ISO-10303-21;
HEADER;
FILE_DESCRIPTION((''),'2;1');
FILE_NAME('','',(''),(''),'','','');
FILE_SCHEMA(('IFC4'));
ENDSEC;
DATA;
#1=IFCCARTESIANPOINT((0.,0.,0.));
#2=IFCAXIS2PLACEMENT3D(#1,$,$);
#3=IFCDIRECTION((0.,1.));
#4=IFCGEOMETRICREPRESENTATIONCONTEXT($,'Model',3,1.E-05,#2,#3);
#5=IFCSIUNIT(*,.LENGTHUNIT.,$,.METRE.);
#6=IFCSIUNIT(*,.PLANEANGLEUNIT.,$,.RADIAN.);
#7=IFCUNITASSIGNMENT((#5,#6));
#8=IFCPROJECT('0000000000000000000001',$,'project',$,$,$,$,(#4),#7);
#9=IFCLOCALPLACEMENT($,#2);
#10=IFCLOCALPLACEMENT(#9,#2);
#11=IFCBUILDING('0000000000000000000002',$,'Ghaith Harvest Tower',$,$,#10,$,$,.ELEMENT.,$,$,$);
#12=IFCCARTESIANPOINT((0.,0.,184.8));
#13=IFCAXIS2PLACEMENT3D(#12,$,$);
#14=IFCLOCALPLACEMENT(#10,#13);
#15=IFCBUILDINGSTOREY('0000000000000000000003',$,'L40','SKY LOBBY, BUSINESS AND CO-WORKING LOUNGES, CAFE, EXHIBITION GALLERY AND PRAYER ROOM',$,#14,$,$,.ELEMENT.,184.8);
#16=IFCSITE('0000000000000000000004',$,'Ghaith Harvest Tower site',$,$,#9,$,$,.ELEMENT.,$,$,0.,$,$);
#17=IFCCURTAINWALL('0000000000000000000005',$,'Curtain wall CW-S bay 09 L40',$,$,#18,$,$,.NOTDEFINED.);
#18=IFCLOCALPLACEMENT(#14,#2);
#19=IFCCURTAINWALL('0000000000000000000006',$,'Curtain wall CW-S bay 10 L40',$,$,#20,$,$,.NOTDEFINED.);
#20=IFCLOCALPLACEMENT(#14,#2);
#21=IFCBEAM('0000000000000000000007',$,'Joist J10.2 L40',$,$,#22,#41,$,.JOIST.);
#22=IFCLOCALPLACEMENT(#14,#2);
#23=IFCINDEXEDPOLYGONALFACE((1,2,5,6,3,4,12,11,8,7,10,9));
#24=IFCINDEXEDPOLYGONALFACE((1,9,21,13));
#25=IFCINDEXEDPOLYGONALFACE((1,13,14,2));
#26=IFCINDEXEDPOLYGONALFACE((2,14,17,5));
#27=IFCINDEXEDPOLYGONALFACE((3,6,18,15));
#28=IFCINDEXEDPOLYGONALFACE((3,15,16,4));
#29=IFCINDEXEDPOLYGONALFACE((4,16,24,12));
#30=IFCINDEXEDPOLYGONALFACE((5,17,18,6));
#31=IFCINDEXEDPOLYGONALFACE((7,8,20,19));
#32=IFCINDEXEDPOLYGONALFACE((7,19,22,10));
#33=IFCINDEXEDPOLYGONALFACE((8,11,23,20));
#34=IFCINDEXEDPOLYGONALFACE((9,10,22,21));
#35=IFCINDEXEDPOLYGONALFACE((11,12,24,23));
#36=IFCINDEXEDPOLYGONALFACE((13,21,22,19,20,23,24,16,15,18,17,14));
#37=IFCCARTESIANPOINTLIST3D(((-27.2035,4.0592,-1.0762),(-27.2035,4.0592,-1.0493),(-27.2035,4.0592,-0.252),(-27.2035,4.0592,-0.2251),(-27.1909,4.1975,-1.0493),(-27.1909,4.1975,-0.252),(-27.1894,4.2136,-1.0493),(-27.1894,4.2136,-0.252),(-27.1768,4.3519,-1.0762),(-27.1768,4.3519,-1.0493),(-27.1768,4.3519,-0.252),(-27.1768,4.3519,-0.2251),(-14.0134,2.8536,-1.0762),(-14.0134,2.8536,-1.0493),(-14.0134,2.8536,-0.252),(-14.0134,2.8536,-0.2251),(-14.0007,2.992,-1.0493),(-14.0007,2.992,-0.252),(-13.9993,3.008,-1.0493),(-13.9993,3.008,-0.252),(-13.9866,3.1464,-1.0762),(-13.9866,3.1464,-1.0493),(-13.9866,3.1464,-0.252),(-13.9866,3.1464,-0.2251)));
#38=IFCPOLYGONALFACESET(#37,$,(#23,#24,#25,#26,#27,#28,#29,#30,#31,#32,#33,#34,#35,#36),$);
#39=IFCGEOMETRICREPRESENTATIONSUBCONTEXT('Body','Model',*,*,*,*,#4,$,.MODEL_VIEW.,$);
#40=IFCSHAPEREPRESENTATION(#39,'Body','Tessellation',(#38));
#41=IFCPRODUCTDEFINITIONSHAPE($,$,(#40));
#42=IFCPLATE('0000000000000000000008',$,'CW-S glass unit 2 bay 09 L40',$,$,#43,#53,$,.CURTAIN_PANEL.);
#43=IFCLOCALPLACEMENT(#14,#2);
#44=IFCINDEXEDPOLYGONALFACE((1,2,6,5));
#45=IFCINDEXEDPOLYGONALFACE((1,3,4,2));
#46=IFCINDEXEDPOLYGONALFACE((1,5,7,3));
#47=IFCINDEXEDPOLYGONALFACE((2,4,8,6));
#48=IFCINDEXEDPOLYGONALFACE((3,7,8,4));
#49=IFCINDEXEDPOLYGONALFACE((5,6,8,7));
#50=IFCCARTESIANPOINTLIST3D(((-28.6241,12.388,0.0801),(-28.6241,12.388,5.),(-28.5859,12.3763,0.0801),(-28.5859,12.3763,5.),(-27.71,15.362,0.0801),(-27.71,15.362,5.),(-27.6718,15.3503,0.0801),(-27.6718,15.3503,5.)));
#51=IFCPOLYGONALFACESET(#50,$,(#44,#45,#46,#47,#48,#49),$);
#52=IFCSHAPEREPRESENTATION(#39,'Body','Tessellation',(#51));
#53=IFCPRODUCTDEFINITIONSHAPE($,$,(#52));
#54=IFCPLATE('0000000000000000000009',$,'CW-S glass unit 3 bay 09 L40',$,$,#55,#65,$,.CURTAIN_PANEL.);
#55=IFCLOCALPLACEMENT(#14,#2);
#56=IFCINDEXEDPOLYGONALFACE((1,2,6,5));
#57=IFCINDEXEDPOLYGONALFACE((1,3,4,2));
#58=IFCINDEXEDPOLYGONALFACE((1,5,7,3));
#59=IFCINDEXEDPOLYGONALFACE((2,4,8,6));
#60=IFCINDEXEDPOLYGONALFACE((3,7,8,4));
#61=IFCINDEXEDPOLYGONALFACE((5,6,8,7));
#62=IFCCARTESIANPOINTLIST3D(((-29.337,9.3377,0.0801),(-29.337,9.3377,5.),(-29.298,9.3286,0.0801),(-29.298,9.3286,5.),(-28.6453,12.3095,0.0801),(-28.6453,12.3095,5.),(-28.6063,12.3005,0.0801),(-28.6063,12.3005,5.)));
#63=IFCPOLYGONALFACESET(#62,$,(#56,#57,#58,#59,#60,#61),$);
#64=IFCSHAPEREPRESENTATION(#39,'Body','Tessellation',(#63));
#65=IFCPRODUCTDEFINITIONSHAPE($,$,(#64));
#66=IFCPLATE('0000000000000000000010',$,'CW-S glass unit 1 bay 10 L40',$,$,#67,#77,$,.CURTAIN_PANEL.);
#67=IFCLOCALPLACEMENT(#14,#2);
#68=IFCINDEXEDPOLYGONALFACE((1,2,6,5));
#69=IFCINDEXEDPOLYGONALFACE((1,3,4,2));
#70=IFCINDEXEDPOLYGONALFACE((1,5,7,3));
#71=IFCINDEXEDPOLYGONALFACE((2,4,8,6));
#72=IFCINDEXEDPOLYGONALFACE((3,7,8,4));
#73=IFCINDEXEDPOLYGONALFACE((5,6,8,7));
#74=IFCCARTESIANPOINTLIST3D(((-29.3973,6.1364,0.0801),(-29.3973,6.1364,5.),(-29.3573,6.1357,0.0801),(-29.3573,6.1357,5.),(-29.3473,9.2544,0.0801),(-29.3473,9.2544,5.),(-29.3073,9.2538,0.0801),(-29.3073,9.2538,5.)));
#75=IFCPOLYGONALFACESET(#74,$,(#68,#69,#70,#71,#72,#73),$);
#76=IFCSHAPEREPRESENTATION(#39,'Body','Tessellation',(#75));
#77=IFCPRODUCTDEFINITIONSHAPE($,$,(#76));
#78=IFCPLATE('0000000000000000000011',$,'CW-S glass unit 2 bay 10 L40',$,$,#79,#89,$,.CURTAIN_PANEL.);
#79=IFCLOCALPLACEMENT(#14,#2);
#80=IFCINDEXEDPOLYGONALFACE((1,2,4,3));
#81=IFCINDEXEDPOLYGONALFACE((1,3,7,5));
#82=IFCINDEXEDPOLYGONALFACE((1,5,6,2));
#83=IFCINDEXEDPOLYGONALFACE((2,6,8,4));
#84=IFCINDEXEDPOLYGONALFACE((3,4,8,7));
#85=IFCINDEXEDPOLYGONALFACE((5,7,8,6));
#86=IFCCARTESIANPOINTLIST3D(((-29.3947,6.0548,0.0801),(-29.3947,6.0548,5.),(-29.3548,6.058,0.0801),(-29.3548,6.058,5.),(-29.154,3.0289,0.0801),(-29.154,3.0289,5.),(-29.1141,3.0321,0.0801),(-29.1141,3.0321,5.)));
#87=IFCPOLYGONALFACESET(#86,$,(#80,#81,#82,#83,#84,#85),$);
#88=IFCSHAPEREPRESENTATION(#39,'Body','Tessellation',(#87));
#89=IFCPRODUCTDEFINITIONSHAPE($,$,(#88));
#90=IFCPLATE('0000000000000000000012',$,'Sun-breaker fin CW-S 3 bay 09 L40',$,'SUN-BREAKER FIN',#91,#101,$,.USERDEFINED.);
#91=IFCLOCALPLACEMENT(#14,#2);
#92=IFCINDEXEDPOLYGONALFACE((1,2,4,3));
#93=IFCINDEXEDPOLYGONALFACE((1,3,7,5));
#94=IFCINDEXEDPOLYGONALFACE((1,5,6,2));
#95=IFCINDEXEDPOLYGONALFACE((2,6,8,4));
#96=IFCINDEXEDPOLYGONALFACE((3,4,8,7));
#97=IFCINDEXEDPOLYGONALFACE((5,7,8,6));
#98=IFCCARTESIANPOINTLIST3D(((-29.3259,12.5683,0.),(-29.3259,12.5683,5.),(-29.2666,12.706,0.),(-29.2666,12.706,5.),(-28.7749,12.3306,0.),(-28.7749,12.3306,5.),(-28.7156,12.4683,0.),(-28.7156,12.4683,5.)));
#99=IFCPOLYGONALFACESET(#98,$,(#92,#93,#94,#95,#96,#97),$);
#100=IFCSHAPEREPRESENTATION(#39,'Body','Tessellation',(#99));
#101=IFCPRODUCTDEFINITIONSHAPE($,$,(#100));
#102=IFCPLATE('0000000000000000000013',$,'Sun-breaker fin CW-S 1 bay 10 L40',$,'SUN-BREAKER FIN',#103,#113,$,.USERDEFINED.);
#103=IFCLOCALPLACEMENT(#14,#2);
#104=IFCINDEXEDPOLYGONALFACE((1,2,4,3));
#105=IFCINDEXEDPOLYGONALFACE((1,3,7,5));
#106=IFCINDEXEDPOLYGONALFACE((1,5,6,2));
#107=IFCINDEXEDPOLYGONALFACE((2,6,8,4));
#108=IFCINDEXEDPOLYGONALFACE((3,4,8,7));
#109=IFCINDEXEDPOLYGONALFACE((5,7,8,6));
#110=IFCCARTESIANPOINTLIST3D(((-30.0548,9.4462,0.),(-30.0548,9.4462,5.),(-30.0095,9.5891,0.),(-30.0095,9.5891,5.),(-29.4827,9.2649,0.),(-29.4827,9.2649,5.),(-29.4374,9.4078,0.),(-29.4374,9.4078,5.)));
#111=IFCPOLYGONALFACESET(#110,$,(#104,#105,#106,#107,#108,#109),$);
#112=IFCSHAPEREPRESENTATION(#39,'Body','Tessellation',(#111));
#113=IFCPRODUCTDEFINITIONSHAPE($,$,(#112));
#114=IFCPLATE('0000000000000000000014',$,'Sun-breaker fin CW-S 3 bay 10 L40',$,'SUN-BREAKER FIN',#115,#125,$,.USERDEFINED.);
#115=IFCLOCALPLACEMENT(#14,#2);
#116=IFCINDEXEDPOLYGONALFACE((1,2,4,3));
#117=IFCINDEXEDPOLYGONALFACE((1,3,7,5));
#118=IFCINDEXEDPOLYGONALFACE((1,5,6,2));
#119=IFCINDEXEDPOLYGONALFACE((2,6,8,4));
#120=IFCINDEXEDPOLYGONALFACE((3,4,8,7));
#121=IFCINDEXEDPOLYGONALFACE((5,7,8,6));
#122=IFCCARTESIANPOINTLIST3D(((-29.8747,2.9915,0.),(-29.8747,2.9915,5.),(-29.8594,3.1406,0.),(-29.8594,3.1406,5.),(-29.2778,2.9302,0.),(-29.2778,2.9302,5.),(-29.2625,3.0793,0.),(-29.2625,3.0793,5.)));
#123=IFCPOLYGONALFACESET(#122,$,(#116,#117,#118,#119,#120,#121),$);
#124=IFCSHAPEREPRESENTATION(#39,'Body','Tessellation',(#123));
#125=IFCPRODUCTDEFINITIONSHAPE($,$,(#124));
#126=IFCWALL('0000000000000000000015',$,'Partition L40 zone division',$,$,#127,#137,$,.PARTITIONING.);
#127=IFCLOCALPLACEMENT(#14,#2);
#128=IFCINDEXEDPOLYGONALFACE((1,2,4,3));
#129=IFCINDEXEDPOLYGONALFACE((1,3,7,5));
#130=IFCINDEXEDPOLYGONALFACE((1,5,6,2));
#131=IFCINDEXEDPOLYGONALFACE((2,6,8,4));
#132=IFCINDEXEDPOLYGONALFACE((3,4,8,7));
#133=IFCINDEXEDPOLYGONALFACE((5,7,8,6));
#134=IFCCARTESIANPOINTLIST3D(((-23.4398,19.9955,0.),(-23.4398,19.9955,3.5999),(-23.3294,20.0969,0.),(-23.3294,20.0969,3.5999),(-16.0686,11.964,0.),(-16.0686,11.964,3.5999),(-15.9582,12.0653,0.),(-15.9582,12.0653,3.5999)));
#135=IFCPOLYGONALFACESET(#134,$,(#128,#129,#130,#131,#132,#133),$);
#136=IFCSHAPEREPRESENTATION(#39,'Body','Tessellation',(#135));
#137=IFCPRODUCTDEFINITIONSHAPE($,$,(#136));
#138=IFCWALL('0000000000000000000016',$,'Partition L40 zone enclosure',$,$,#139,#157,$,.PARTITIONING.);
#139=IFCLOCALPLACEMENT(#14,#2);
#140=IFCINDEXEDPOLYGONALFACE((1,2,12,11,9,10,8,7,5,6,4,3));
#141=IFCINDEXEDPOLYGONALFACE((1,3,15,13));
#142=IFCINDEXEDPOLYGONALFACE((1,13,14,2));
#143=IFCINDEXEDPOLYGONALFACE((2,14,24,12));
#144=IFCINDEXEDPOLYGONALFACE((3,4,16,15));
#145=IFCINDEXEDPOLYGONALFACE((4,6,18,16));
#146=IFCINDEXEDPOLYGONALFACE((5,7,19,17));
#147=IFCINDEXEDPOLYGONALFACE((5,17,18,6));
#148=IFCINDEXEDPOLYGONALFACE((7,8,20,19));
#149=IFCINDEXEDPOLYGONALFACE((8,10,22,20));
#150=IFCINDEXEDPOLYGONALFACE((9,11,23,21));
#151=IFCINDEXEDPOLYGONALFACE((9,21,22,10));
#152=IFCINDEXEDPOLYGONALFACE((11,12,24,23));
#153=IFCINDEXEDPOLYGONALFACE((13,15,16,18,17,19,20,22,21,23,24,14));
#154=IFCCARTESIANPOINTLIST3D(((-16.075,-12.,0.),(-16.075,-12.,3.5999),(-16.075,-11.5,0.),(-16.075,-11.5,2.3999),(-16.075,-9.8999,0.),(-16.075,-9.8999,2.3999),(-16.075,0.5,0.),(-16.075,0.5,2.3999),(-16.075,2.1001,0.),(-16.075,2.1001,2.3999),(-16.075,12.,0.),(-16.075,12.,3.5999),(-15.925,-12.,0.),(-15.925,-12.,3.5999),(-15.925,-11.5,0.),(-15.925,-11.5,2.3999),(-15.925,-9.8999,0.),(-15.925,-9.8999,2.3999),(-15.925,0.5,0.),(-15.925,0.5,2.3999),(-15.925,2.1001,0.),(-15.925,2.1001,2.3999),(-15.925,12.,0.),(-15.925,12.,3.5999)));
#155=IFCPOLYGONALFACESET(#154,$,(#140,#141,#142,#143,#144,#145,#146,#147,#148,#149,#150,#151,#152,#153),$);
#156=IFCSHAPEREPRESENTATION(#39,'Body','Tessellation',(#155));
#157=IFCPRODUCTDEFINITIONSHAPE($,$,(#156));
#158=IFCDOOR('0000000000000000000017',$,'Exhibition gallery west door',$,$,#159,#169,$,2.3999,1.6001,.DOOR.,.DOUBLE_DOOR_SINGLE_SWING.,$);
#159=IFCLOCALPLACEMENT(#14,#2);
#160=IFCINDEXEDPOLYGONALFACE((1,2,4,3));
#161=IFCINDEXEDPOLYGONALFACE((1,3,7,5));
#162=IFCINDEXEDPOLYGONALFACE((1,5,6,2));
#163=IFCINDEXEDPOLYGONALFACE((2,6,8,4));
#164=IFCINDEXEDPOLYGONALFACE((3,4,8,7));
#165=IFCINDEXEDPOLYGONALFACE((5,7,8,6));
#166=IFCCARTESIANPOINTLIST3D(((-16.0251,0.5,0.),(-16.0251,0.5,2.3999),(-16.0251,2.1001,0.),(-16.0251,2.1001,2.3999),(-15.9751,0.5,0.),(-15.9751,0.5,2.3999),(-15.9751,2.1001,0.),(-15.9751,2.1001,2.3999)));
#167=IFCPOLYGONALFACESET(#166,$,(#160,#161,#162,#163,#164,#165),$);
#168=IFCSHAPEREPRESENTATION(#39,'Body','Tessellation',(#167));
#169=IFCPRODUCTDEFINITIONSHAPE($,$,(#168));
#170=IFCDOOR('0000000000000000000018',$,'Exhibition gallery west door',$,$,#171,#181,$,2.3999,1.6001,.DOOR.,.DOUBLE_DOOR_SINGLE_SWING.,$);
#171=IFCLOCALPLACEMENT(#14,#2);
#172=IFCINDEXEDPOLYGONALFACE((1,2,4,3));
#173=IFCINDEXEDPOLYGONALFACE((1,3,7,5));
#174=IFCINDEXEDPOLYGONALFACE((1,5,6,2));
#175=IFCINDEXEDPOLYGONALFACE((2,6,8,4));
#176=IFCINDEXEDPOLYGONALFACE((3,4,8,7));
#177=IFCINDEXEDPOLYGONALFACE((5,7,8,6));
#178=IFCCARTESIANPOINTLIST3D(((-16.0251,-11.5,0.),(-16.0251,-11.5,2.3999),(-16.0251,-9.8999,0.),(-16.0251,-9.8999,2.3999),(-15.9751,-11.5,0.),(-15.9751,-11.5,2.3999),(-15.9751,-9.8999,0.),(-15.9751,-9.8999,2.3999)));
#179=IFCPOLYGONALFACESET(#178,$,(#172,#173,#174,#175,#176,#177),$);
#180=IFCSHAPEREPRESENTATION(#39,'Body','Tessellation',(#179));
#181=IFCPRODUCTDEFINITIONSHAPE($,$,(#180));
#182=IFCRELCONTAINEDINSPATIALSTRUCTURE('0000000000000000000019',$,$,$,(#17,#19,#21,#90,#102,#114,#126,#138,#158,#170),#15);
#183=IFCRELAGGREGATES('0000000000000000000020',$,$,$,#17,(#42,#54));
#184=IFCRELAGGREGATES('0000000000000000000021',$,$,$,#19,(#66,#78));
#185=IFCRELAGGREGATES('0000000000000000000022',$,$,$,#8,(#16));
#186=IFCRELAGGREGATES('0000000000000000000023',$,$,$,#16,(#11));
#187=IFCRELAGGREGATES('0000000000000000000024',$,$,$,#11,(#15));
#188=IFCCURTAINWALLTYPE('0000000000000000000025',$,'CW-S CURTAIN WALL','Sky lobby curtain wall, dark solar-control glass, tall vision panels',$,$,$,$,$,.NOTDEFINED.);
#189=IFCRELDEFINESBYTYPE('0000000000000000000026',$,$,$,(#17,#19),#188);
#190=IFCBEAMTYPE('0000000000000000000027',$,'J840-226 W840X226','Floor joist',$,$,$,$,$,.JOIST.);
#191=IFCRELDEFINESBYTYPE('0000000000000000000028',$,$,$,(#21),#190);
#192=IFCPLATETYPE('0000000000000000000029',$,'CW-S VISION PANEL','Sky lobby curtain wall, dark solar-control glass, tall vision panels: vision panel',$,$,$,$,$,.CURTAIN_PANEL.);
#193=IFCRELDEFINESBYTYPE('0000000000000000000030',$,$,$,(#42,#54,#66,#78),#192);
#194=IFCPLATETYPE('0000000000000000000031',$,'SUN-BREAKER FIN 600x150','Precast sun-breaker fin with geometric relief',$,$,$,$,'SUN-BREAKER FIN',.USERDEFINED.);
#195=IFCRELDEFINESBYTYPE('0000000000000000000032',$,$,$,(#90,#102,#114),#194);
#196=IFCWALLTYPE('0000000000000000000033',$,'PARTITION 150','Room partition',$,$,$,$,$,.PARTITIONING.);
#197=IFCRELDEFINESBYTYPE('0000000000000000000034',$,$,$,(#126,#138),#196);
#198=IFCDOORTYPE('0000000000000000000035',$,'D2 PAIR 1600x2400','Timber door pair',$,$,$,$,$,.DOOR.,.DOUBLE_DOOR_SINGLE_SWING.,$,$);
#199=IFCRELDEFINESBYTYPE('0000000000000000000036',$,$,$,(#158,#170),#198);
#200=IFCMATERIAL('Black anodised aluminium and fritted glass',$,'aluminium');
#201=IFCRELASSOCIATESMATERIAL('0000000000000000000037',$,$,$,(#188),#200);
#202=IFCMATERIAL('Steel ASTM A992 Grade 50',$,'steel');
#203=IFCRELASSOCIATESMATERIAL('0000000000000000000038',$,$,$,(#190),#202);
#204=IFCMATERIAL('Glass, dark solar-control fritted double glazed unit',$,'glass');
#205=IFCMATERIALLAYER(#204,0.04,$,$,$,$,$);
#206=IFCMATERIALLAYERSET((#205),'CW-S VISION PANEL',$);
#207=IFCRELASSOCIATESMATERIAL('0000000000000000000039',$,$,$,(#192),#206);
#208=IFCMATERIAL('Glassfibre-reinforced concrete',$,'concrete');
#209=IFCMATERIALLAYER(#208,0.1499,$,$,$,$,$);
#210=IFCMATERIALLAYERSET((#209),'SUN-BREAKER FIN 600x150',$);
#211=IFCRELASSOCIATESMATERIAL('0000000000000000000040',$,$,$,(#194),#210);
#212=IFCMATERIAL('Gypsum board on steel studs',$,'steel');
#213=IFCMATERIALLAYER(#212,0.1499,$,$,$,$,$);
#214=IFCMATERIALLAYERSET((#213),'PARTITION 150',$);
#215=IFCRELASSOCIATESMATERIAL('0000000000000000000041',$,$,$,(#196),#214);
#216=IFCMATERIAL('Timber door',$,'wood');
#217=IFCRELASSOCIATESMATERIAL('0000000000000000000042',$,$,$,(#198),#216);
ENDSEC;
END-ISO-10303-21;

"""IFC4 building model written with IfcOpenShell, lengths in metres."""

from ifc_helpers import new_model, si_unit, direction, frame, frame_2d, origin, origin_2d, place, context, subcontext, project, spatial, rectangle, i_section, extrude, material, layer, layer_set, material_profile, profile_set, type_object, element, fill, aggregate, save


model = new_model("IFC4")

# Units and contexts
model_context = context("Model", 3, precision=1e-05, world=origin(), true_north=direction((0.0, 1.0)))
body_context = subcontext(model_context, "Body", "Model", "MODEL_VIEW")
ifc_project = project(units=[si_unit("LENGTHUNIT", "METRE"), si_unit("PLANEANGLEUNIT", "RADIAN")], contexts=[model_context])

# Site, building, storey
site_placement = place(None, origin())
site = spatial("IfcSite", under=ifc_project, at=site_placement, Name="Ghaith Harvest Tower site", CompositionType="ELEMENT", RefElevation=0.0)
building_placement = place(site_placement, origin())
building = spatial("IfcBuilding", under=site, at=building_placement, Name="Ghaith Harvest Tower", CompositionType="ELEMENT")
storey_placement = place(building_placement, frame((0.0, 0.0, 184.8)))
storey = spatial("IfcBuildingStorey", under=building, at=storey_placement, Name="L40", Description="SKY LOBBY, BUSINESS AND CO-WORKING LOUNGES, CAFE, EXHIBITION GALLERY AND PRAYER ROOM", CompositionType="ELEMENT", Elevation=184.8)

# Curtain wall
ifc_material_1 = material(Name="Black anodised aluminium and fritted glass", Category="aluminium")
curtain_wall_type = type_object("IfcCurtainWallType", Name="CW-S CURTAIN WALL", Description="Sky lobby curtain wall, dark solar-control glass, tall vision panels", PredefinedType="NOTDEFINED", material=ifc_material_1)
curtain_wall_1_placement = place(storey_placement, origin())
curtain_wall_1 = element("IfcCurtainWall", 1, at=curtain_wall_1_placement, inside=storey, type_object=curtain_wall_type, Name="Curtain wall CW-S bay 09 L40", PredefinedType="NOTDEFINED")

# Curtain wall
curtain_wall_2_placement = place(storey_placement, origin())
curtain_wall_2 = element("IfcCurtainWall", 2, at=curtain_wall_2_placement, inside=storey, type_object=curtain_wall_type, Name="Curtain wall CW-S bay 10 L40", PredefinedType="NOTDEFINED")

# Beam
ifc_material_2 = material(Name="Steel ASTM A992 Grade 50", Category="steel")
ifc_material_profile_1 = material_profile(ifc_material_2, i_section(OverallWidth=0.2939, OverallDepth=0.8511, WebThickness=0.0161, FlangeThickness=0.0269, at=origin_2d()), Name="W840X226")
ifc_profile_set_1 = profile_set([ifc_material_profile_1], Name="Steel ASTM A992 Grade 50")
beam_type_1 = type_object("IfcBeamType", Name="J840-226 W840X226", Description="Floor joist", PredefinedType="JOIST", material=ifc_profile_set_1)
beam_1_placement = place(storey_placement, frame((-14.0, 3.0, -0.6506), z_axis=(-0.995849, 0.091019, 0.0), x_axis=(-0.091019, -0.995849, 0.0)))
element("IfcBeam", 3, at=beam_1_placement, inside=storey, type_object=beam_type_1, Name="Joist J10.2 L40", PredefinedType="JOIST", context=body_context, shape_type="SweptSolid", body=[
    extrude(i_section(OverallWidth=0.2939, OverallDepth=0.8511, WebThickness=0.0161, FlangeThickness=0.0269, at=origin_2d()), origin(), (0.0, 0.0, 1.0), 13.2451),
])

# Plates
ifc_material_3 = material(Name="Glass, dark solar-control fritted double glazed unit", Category="glass")
ifc_layer_1 = layer(ifc_material_3, 0.04)
ifc_layer_set_1 = layer_set([ifc_layer_1], Name="CW-S VISION PANEL")
plate_type_1 = type_object("IfcPlateType", Name="CW-S VISION PANEL", Description="Sky lobby curtain wall, dark solar-control glass, tall vision panels: vision panel", PredefinedType="CURTAIN_PANEL", material=ifc_layer_set_1)
plate_1_placement = place(storey_placement, frame((-28.1479, 13.8691, 0.0801), z_axis=(0.0, 0.0, 1.0), x_axis=(-0.293803, -0.955866, 0.0)))
plate_1 = element("IfcPlate", 4, at=plate_1_placement, type_object=plate_type_1, Name="CW-S glass unit 2 bay 09 L40", PredefinedType="CURTAIN_PANEL", context=body_context, shape_type="SweptSolid", body=[
    extrude(rectangle(XDim=3.1113, YDim=0.04, at=origin_2d()), origin(), (0.0, 0.0, 1.0), 4.9199),
])
plate_2_placement = place(storey_placement, frame((-28.9717, 10.8191, 0.0801), z_axis=(0.0, 0.0, 1.0), x_axis=(-0.226699, -0.973965, 0.0)))
plate_2 = element("IfcPlate", 5, at=plate_2_placement, type_object=plate_type_1, Name="CW-S glass unit 3 bay 09 L40", PredefinedType="CURTAIN_PANEL", context=body_context, shape_type="SweptSolid", body=[
    extrude(rectangle(XDim=3.0513, YDim=0.04, at=origin_2d()), origin(), (0.0, 0.0, 1.0), 4.9199),
])
aggregate(curtain_wall_1, [plate_1, plate_2])
plate_3_placement = place(storey_placement, frame((-29.3523, 7.6951, 0.0801), z_axis=(0.0, 0.0, 1.0), x_axis=(-0.016034, -0.999871, 0.0)))
plate_3 = element("IfcPlate", 6, at=plate_3_placement, type_object=plate_type_1, Name="CW-S glass unit 1 bay 10 L40", PredefinedType="CURTAIN_PANEL", context=body_context, shape_type="SweptSolid", body=[
    extrude(rectangle(XDim=3.1184, YDim=0.04, at=origin_2d()), origin(), (0.0, 0.0, 1.0), 4.9199),
])
plate_4_placement = place(storey_placement, frame((-29.2544, 4.5435, 0.0801), z_axis=(0.0, 0.0, 1.0), x_axis=(0.079273, -0.996853, 0.0)))
plate_4 = element("IfcPlate", 7, at=plate_4_placement, type_object=plate_type_1, Name="CW-S glass unit 2 bay 10 L40", PredefinedType="CURTAIN_PANEL", context=body_context, shape_type="SweptSolid", body=[
    extrude(rectangle(XDim=3.0354, YDim=0.04, at=origin_2d()), origin(), (0.0, 0.0, 1.0), 4.9199),
])
aggregate(curtain_wall_2, [plate_3, plate_4])

# Plates
ifc_material_4 = material(Name="Glassfibre-reinforced concrete", Category="concrete")
ifc_layer_2 = layer(ifc_material_4, 0.1499)
ifc_layer_set_2 = layer_set([ifc_layer_2], Name="SUN-BREAKER FIN 600x150")
plate_type_2 = type_object("IfcPlateType", Name="SUN-BREAKER FIN 600x150", Description="Precast sun-breaker fin with geometric relief", ElementType="SUN-BREAKER FIN", PredefinedType="USERDEFINED", material=ifc_layer_set_2)
for number, where, z_axis, x_axis, name in (
    (8, (-29.0208, 12.5183, 0.0), (0.0, 0.0, 1.0), (-0.918218, 0.396075, 0.0), "Sun-breaker fin CW-S 3 bay 09 L40"),
    (9, (-29.7461, 9.427, 0.0), (0.0, 0.0, 1.0), (-0.953273, 0.30211, 0.0), "Sun-breaker fin CW-S 1 bay 10 L40"),
    (10, (-29.5686, 3.0354, 0.0), (0.0, 0.0, 1.0), (-0.994772, 0.102123, 0.0), "Sun-breaker fin CW-S 3 bay 10 L40"),
):
    element("IfcPlate", number, at=place(storey_placement, frame(where, z_axis=z_axis, x_axis=x_axis)), inside=storey, type_object=plate_type_2, Name=name, ObjectType="SUN-BREAKER FIN", PredefinedType="USERDEFINED", context=body_context, shape_type="SweptSolid", body=[
        extrude(rectangle(XDim=0.6001, YDim=0.1499, at=origin_2d()), origin(), (0.0, 0.0, 1.0), 5.0),
    ])

# Wall
ifc_material_5 = material(Name="Gypsum board on steel studs", Category="steel")
ifc_layer_3 = layer(ifc_material_5, 0.1499)
ifc_layer_set_3 = layer_set([ifc_layer_3], Name="PARTITION 150")
wall_type = type_object("IfcWallType", Name="PARTITION 150", Description="Room partition", PredefinedType="PARTITIONING", material=ifc_layer_set_3)
wall_1_placement = place(storey_placement, frame((-16.0134, 12.0146, 0.0), z_axis=(0.0, 0.0, 1.0), x_axis=(-0.676168, 0.736748, 0.0)))
element("IfcWall", 11, at=wall_1_placement, inside=storey, type_object=wall_type, Name="Partition L40 zone division", PredefinedType="PARTITIONING", context=body_context, shape_type="SweptSolid", body=[
    extrude(rectangle(XDim=10.9014, YDim=0.1499, at=frame_2d((5.4507, 0.0))), origin(), (0.0, 0.0, 1.0), 3.5999),
])

# Wall, openings, doors
wall_2_placement = place(storey_placement, frame((-16.0, 12.0, 0.0), z_axis=(0.0, 0.0, 1.0), x_axis=(0.0, -1.0, 0.0)))
wall_2 = element("IfcWall", 12, at=wall_2_placement, inside=storey, type_object=wall_type, Name="Partition L40 zone enclosure", PredefinedType="PARTITIONING", context=body_context, shape_type="SweptSolid", body=[
    extrude(rectangle(XDim=24.0, YDim=0.1499, at=frame_2d((12.0, 0.0))), origin(), (0.0, 0.0, 1.0), 3.5999),
])
opening_1_placement = place(wall_2_placement, frame((9.8999, 0.0, 0.0)))
opening_1 = element("IfcOpeningElement", 13, at=opening_1_placement, cuts=wall_2, PredefinedType="OPENING", context=body_context, shape_type="SweptSolid", body=[
    extrude(rectangle(XDim=1.6001, YDim=2.3999, at=frame_2d((0.8, 1.2))), frame((0.0, 0.085, 0.0), z_axis=(0.0, -1.0, 0.0), x_axis=(1.0, 0.0, 0.0)), (0.0, 0.0, 1.0), 0.1699),
])
opening_2_placement = place(wall_2_placement, frame((21.8999, 0.0, 0.0)))
opening_2 = element("IfcOpeningElement", 14, at=opening_2_placement, cuts=wall_2, PredefinedType="OPENING", context=body_context, shape_type="SweptSolid", body=[
    extrude(rectangle(XDim=1.6001, YDim=2.3999, at=frame_2d((0.8, 1.2))), frame((0.0, 0.085, 0.0), z_axis=(0.0, -1.0, 0.0), x_axis=(1.0, 0.0, 0.0)), (0.0, 0.0, 1.0), 0.1699),
])
ifc_material_6 = material(Name="Timber door", Category="wood")
door_type = type_object("IfcDoorType", Name="D2 PAIR 1600x2400", Description="Timber door pair", OperationType="DOUBLE_DOOR_SINGLE_SWING", PredefinedType="DOOR", material=ifc_material_6)
door_1_placement = place(opening_1_placement, origin())
door_1 = element("IfcDoor", 15, at=door_1_placement, inside=storey, type_object=door_type, Name="Exhibition gallery west door", OperationType="DOUBLE_DOOR_SINGLE_SWING", OverallHeight=2.3999, OverallWidth=1.6001, PredefinedType="DOOR", context=body_context, shape_type="SweptSolid", body=[
    extrude(rectangle(XDim=1.6001, YDim=2.3999, at=frame_2d((0.8, 1.2))), frame((0.0, 0.0249, 0.0), z_axis=(0.0, -1.0, 0.0), x_axis=(1.0, 0.0, 0.0)), (0.0, 0.0, 1.0), 0.05),
])
fill(opening_1, door_1)
door_2_placement = place(opening_2_placement, origin())
door_2 = element("IfcDoor", 16, at=door_2_placement, inside=storey, type_object=door_type, Name="Exhibition gallery west door", OperationType="DOUBLE_DOOR_SINGLE_SWING", OverallHeight=2.3999, OverallWidth=1.6001, PredefinedType="DOOR", context=body_context, shape_type="SweptSolid", body=[
    extrude(rectangle(XDim=1.6001, YDim=2.3999, at=frame_2d((0.8, 1.2))), frame((0.0, 0.0249, 0.0), z_axis=(0.0, -1.0, 0.0), x_axis=(1.0, 0.0, 0.0)), (0.0, 0.0, 1.0), 0.05),
])
fill(opening_2, door_2)

save(model, "model.ifc")
